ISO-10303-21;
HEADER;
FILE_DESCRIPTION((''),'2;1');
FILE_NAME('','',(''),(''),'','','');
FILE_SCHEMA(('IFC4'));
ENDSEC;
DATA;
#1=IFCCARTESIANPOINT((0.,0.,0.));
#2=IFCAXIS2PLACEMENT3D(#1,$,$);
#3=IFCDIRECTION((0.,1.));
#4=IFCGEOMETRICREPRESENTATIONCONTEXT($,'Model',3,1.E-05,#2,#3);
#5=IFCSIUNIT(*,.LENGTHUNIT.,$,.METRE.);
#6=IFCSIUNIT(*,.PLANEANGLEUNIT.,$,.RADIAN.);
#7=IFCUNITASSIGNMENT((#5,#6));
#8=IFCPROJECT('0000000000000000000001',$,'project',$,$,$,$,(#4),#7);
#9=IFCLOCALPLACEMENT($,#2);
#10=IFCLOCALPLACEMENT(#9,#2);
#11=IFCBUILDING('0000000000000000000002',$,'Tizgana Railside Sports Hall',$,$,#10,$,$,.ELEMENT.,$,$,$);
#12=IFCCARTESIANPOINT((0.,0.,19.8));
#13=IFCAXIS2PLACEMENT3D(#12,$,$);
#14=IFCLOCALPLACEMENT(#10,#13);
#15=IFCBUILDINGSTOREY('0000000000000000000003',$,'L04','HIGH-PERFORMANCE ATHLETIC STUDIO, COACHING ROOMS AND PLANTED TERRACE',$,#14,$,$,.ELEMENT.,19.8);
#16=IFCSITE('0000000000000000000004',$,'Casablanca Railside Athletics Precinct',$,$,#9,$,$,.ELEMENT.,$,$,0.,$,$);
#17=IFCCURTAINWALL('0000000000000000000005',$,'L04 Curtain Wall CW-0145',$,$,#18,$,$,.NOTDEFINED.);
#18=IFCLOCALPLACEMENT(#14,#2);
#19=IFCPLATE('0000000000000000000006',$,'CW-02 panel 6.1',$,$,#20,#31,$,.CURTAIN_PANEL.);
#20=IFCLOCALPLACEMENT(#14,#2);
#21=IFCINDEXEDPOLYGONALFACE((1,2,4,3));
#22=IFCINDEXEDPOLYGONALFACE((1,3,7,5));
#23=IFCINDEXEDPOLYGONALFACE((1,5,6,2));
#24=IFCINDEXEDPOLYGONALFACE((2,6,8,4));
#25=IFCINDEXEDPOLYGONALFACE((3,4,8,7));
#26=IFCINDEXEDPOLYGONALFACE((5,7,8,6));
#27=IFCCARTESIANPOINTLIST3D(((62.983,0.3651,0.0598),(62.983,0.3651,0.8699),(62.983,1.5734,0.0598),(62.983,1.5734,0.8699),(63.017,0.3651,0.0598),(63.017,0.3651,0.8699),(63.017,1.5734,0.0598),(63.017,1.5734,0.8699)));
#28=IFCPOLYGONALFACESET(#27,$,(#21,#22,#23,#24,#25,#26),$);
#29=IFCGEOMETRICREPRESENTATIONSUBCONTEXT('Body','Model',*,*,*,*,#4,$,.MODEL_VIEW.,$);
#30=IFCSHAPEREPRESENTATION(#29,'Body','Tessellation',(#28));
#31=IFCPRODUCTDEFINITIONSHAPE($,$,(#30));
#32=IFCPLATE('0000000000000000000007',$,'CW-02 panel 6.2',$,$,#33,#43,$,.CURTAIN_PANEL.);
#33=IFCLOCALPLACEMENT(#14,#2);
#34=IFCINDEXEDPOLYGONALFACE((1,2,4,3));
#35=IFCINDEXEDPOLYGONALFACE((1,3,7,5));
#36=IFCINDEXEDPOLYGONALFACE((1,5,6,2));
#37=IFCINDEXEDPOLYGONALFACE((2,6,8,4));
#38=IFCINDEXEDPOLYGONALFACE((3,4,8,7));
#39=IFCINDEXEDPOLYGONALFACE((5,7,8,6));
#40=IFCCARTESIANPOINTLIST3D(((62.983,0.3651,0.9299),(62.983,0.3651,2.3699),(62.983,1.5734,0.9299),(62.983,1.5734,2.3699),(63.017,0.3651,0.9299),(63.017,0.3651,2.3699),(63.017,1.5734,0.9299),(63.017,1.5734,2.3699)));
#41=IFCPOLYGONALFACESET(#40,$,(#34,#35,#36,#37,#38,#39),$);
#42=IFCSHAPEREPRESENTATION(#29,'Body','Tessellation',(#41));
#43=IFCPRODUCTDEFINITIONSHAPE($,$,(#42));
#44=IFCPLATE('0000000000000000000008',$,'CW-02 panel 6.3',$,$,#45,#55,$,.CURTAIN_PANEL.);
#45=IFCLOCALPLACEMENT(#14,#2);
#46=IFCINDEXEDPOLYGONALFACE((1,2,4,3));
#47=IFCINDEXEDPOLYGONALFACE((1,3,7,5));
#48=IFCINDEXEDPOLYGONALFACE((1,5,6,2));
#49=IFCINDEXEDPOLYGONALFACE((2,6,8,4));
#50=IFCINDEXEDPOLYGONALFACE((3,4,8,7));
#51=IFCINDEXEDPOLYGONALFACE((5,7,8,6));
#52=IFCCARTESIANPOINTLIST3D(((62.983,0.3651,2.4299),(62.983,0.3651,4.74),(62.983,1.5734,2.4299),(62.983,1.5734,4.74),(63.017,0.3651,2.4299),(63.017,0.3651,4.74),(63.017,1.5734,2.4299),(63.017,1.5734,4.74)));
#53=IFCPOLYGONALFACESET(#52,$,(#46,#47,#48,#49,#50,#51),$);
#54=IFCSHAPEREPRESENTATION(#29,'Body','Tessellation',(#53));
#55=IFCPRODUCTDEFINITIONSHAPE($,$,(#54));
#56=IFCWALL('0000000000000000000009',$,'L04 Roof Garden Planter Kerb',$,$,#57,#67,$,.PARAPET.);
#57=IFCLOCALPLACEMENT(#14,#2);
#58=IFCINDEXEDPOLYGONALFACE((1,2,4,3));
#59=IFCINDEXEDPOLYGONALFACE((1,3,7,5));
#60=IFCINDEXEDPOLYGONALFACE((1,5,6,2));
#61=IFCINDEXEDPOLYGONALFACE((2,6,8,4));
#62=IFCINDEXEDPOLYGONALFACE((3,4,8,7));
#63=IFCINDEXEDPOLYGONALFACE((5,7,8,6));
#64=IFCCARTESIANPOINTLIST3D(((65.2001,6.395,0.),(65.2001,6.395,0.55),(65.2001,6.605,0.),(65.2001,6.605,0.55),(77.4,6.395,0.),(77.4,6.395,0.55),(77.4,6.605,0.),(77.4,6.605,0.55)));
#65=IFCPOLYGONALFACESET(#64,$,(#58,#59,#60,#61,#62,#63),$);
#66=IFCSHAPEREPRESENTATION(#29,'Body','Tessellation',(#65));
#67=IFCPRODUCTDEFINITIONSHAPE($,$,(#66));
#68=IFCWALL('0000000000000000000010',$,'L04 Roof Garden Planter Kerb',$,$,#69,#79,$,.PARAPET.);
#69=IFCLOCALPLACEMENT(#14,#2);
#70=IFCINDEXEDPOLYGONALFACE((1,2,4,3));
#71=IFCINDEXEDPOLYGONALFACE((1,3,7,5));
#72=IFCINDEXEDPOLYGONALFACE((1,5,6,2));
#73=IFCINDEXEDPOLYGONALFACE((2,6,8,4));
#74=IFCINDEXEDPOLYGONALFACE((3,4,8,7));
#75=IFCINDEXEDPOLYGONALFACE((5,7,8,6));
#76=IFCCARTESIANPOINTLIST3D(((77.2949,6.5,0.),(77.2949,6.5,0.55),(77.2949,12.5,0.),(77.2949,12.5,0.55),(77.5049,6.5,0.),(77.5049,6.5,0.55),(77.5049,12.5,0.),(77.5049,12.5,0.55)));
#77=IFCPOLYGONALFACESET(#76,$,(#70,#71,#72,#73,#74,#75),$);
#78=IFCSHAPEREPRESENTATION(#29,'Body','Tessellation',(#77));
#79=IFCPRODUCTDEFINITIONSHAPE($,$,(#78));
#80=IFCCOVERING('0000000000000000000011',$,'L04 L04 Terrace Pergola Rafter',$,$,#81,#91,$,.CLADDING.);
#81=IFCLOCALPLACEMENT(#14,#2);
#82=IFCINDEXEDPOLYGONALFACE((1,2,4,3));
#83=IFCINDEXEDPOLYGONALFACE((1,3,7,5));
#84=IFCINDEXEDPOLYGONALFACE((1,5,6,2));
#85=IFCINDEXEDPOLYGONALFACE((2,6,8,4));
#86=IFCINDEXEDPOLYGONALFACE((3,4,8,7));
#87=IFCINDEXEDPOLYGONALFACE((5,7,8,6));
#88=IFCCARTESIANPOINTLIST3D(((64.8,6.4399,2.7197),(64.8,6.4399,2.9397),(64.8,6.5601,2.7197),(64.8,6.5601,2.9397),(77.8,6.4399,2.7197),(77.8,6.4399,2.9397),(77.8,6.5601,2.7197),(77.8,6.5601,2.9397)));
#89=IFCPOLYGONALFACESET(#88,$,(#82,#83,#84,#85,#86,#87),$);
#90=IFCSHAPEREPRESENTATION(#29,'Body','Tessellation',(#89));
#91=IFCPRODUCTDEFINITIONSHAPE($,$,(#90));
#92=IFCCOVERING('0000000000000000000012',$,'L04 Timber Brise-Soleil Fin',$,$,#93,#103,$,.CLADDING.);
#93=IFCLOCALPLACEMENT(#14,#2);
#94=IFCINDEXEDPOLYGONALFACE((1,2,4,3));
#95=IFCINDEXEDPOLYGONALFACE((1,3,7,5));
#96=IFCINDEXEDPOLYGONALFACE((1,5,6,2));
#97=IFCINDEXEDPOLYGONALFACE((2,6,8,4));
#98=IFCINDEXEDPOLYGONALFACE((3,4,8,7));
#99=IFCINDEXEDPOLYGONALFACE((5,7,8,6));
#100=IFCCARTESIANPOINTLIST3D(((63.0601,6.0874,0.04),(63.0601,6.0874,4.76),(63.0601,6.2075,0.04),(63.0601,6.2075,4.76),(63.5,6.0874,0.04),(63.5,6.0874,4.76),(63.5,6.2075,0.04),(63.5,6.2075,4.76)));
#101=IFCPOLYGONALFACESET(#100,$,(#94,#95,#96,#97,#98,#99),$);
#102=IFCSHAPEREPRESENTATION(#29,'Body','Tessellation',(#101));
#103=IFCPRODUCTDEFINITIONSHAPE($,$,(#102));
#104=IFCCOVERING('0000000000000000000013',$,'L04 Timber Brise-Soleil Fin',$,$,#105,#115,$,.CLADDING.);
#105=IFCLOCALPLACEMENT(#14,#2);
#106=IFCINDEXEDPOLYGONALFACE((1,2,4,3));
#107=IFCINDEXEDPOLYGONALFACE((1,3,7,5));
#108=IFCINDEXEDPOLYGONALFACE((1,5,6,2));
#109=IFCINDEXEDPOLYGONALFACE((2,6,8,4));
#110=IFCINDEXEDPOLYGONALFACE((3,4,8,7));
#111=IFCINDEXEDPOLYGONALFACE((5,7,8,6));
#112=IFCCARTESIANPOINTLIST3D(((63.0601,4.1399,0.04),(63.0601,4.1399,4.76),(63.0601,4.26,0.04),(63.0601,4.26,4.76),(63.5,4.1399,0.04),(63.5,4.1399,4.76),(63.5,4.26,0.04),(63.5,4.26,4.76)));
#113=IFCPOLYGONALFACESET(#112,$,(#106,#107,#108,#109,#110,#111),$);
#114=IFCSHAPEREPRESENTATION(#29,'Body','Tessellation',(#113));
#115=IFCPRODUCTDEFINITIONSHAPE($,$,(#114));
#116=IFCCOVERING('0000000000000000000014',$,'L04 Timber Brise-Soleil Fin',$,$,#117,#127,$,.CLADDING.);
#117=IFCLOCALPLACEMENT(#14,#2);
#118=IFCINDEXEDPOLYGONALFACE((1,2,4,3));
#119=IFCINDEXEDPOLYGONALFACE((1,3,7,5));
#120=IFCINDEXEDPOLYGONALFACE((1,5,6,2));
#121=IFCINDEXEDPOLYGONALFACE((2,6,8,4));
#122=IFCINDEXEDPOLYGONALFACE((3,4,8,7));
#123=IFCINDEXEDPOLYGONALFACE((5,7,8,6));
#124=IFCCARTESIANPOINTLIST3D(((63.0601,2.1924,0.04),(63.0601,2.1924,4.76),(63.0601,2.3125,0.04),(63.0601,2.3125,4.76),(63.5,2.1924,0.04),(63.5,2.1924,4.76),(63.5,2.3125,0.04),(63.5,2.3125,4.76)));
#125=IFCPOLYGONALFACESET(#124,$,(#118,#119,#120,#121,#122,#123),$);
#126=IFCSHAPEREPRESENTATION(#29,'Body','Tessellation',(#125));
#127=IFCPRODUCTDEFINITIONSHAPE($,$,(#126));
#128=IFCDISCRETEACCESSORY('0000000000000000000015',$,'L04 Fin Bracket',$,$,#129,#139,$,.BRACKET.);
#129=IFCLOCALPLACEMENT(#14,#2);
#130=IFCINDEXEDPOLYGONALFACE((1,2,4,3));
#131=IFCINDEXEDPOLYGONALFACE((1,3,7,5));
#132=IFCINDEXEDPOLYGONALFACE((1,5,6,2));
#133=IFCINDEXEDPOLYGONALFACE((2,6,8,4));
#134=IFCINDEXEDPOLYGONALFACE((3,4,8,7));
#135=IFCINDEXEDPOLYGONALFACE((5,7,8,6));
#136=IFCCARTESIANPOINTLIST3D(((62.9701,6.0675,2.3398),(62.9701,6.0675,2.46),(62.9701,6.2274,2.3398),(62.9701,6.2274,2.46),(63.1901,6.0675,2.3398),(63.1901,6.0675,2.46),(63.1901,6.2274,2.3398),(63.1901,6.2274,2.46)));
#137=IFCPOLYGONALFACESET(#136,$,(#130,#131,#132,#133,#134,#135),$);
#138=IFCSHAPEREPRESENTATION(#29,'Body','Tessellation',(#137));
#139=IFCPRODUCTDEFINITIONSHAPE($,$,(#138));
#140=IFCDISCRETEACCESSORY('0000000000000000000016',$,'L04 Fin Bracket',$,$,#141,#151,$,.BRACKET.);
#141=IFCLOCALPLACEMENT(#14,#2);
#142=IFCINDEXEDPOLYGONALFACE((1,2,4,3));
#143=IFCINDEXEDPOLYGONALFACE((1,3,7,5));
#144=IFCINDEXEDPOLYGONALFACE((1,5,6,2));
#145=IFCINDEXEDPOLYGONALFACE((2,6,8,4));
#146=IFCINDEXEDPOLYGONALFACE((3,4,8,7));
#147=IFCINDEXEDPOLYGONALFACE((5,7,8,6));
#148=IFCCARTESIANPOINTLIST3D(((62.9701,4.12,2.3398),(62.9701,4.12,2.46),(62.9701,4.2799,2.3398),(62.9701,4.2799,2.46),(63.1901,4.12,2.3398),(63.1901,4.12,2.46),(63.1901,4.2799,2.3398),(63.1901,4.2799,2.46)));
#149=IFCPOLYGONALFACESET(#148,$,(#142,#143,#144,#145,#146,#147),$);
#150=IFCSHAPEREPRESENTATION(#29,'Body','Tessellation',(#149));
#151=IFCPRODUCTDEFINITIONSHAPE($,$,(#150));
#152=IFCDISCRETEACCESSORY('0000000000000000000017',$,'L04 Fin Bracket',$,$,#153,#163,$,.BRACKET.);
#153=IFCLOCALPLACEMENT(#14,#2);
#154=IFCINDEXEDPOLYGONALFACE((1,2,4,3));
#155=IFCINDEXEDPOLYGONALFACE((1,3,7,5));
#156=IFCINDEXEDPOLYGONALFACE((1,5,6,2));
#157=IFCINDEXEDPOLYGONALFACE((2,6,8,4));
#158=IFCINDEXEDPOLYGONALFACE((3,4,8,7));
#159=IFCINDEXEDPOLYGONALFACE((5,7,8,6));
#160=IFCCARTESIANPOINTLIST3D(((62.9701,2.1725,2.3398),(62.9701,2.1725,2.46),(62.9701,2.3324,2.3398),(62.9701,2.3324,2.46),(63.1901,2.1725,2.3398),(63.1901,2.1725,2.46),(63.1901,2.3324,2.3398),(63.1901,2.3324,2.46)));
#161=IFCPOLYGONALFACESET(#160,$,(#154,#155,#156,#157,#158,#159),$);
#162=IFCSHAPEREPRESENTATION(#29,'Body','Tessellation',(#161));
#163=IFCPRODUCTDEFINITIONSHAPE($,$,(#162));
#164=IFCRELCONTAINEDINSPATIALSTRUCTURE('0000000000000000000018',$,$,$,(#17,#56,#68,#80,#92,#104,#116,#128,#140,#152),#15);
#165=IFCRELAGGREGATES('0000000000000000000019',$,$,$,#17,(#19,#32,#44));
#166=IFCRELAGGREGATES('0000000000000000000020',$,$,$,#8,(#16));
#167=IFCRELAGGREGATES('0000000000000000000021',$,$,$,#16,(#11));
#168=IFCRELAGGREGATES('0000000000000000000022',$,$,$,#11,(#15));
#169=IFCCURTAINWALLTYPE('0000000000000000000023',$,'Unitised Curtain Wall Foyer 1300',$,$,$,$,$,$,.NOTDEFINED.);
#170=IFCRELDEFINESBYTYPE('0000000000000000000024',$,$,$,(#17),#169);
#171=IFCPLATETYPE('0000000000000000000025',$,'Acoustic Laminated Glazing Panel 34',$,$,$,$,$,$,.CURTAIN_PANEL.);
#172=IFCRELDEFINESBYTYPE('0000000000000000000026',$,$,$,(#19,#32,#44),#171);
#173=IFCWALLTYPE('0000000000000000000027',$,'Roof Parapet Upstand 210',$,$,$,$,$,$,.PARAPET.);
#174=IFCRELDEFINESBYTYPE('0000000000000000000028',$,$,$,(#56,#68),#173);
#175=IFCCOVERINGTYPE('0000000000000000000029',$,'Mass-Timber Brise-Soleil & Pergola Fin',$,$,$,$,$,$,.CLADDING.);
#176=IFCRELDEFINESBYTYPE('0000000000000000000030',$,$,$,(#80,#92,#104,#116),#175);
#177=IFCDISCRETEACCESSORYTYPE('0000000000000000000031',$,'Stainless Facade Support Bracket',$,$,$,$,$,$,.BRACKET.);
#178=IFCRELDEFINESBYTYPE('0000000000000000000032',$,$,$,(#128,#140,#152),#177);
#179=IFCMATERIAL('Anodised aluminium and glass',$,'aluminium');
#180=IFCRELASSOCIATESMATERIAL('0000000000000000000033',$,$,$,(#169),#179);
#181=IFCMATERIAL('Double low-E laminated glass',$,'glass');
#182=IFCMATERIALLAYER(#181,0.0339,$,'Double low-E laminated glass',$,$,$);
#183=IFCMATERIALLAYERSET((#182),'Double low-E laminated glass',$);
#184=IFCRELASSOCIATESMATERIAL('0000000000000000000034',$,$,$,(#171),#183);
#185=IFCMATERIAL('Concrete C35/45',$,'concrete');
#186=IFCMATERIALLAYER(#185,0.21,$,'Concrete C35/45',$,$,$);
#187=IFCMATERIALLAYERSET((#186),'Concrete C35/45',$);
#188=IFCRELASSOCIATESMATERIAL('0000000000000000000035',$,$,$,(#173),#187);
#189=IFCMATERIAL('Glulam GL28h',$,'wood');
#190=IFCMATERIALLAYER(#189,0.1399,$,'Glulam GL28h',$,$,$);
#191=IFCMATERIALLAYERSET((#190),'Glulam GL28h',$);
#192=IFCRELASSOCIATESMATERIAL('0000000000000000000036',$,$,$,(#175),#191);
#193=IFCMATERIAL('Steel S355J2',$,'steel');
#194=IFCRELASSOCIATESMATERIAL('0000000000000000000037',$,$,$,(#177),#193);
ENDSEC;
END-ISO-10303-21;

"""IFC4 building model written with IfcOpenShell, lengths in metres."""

from ifc_helpers import new_model, si_unit, direction, frame, frame_2d, origin, origin_2d, place, context, subcontext, project, spatial, rectangle, extrude, material, layer, layer_set, type_object, element, aggregate, save


model = new_model("IFC4")

# Units and contexts
model_context = context("Model", 3, precision=1e-05, world=origin(), true_north=direction((0.0, 1.0)))
body_context = subcontext(model_context, "Body", "Model", "MODEL_VIEW")
ifc_project = project(units=[si_unit("LENGTHUNIT", "METRE"), si_unit("PLANEANGLEUNIT", "RADIAN")], contexts=[model_context])

# Site, building, storey
site_placement = place(None, origin())
site = spatial("IfcSite", under=ifc_project, at=site_placement, Name="Casablanca Railside Athletics Precinct", CompositionType="ELEMENT", RefElevation=0.0)
building_placement = place(site_placement, origin())
building = spatial("IfcBuilding", under=site, at=building_placement, Name="Tizgana Railside Sports Hall", CompositionType="ELEMENT")
storey_placement = place(building_placement, frame((0.0, 0.0, 19.8)))
storey = spatial("IfcBuildingStorey", under=building, at=storey_placement, Name="L04", Description="HIGH-PERFORMANCE ATHLETIC STUDIO, COACHING ROOMS AND PLANTED TERRACE", CompositionType="ELEMENT", Elevation=19.8)

# Curtain wall, plates
ifc_material_1 = material(Name="Anodised aluminium and glass", Category="aluminium")
curtain_wall_type = type_object("IfcCurtainWallType", Name="Unitised Curtain Wall Foyer 1300", PredefinedType="NOTDEFINED", material=ifc_material_1)
curtain_wall_placement = place(storey_placement, origin())
curtain_wall = element("IfcCurtainWall", 1, at=curtain_wall_placement, inside=storey, type_object=curtain_wall_type, Name="L04 Curtain Wall CW-0145", PredefinedType="NOTDEFINED")
ifc_material_2 = material(Name="Double low-E laminated glass", Category="glass")
ifc_layer_1 = layer(ifc_material_2, 0.0339, Name="Double low-E laminated glass")
ifc_layer_set_1 = layer_set([ifc_layer_1], Name="Double low-E laminated glass")
plate_type = type_object("IfcPlateType", Name="Acoustic Laminated Glazing Panel 34", PredefinedType="CURTAIN_PANEL", material=ifc_layer_set_1)
plate_1_placement = place(storey_placement, frame((63.0, 0.9692, 0.0598), z_axis=(0.0, 0.0, 1.0), x_axis=(0.0, -1.0, 0.0)))
plate_1 = element("IfcPlate", 2, at=plate_1_placement, type_object=plate_type, Name="CW-02 panel 6.1", PredefinedType="CURTAIN_PANEL", context=body_context, shape_type="SweptSolid", body=[
    extrude(rectangle(XDim=1.2083, YDim=0.0339, at=origin_2d()), origin(), (0.0, 0.0, 1.0), 0.8101),
])
plate_2_placement = place(storey_placement, frame((63.0, 0.9692, 0.9299), z_axis=(0.0, 0.0, 1.0), x_axis=(0.0, -1.0, 0.0)))
plate_2 = element("IfcPlate", 3, at=plate_2_placement, type_object=plate_type, Name="CW-02 panel 6.2", PredefinedType="CURTAIN_PANEL", context=body_context, shape_type="SweptSolid", body=[
    extrude(rectangle(XDim=1.2083, YDim=0.0339, at=origin_2d()), origin(), (0.0, 0.0, 1.0), 1.4399),
])
plate_3_placement = place(storey_placement, frame((63.0, 0.9692, 2.4299), z_axis=(0.0, 0.0, 1.0), x_axis=(0.0, -1.0, 0.0)))
plate_3 = element("IfcPlate", 4, at=plate_3_placement, type_object=plate_type, Name="CW-02 panel 6.3", PredefinedType="CURTAIN_PANEL", context=body_context, shape_type="SweptSolid", body=[
    extrude(rectangle(XDim=1.2083, YDim=0.0339, at=origin_2d()), origin(), (0.0, 0.0, 1.0), 2.3101),
])
aggregate(curtain_wall, [plate_1, plate_2, plate_3])

# Walls
ifc_material_3 = material(Name="Concrete C35/45", Category="concrete")
ifc_layer_2 = layer(ifc_material_3, 0.21, Name="Concrete C35/45")
ifc_layer_set_2 = layer_set([ifc_layer_2], Name="Concrete C35/45")
wall_type = type_object("IfcWallType", Name="Roof Parapet Upstand 210", PredefinedType="PARAPET", material=ifc_layer_set_2)
wall_1_placement = place(storey_placement, frame((65.2, 6.5, 0.0), z_axis=(0.0, 0.0, 1.0), x_axis=(1.0, 0.0, 0.0)))
element("IfcWall", 5, at=wall_1_placement, inside=storey, type_object=wall_type, Name="L04 Roof Garden Planter Kerb", PredefinedType="PARAPET", context=body_context, shape_type="SweptSolid", body=[
    extrude(rectangle(XDim=12.2, YDim=0.21, at=frame_2d((6.1001, 0.0))), origin(), (0.0, 0.0, 1.0), 0.55),
])
wall_2_placement = place(storey_placement, frame((77.3999, 6.5, 0.0), z_axis=(0.0, 0.0, 1.0), x_axis=(0.0, 1.0, 0.0)))
element("IfcWall", 6, at=wall_2_placement, inside=storey, type_object=wall_type, Name="L04 Roof Garden Planter Kerb", PredefinedType="PARAPET", context=body_context, shape_type="SweptSolid", body=[
    extrude(rectangle(XDim=6.0, YDim=0.21, at=frame_2d((3.0, 0.0))), origin(), (0.0, 0.0, 1.0), 0.55),
])

# Coverings
ifc_material_4 = material(Name="Glulam GL28h", Category="wood")
ifc_layer_3 = layer(ifc_material_4, 0.1399, Name="Glulam GL28h")
ifc_layer_set_3 = layer_set([ifc_layer_3], Name="Glulam GL28h")
covering_type = type_object("IfcCoveringType", Name="Mass-Timber Brise-Soleil & Pergola Fin", PredefinedType="CLADDING", material=ifc_layer_set_3)
covering_placement = place(storey_placement, frame((71.3, 6.5, 2.7197), z_axis=(0.0, 0.0, 1.0), x_axis=(1.0, 0.0, 0.0)))
element("IfcCovering", 7, at=covering_placement, inside=storey, type_object=covering_type, Name="L04 L04 Terrace Pergola Rafter", PredefinedType="CLADDING", context=body_context, shape_type="SweptSolid", body=[
    extrude(rectangle(XDim=13.0, YDim=0.1201, at=origin_2d()), origin(), (0.0, 0.0, 1.0), 0.22),
])
for number, where, z_axis, x_axis, name in (
    (8, (63.28, 6.1475, 0.04), (0.0, 0.0, 1.0), (0.0, -1.0, 0.0), "L04 Timber Brise-Soleil Fin"),
    (9, (63.28, 4.2, 0.04), (0.0, 0.0, 1.0), (0.0, -1.0, 0.0), "L04 Timber Brise-Soleil Fin"),
    (10, (63.28, 2.2524, 0.04), (0.0, 0.0, 1.0), (0.0, -1.0, 0.0), "L04 Timber Brise-Soleil Fin"),
):
    element("IfcCovering", number, at=place(storey_placement, frame(where, z_axis=z_axis, x_axis=x_axis)), inside=storey, type_object=covering_type, Name=name, PredefinedType="CLADDING", context=body_context, shape_type="SweptSolid", body=[
        extrude(rectangle(XDim=0.1201, YDim=0.4399, at=origin_2d()), origin(), (0.0, 0.0, 1.0), 4.72),
    ])

# Discrete accessories
ifc_material_5 = material(Name="Steel S355J2", Category="steel")
discrete_accessory_type = type_object("IfcDiscreteAccessoryType", Name="Stainless Facade Support Bracket", PredefinedType="BRACKET", material=ifc_material_5)
for number, where, z_axis, x_axis, name in (
    (11, (63.0801, 6.1475, 2.3398), (0.0, 0.0, 1.0), (0.0, -1.0, 0.0), "L04 Fin Bracket"),
    (12, (63.0801, 4.2, 2.3398), (0.0, 0.0, 1.0), (0.0, -1.0, 0.0), "L04 Fin Bracket"),
    (13, (63.0801, 2.2524, 2.3398), (0.0, 0.0, 1.0), (0.0, -1.0, 0.0), "L04 Fin Bracket"),
):
    element("IfcDiscreteAccessory", number, at=place(storey_placement, frame(where, z_axis=z_axis, x_axis=x_axis)), inside=storey, type_object=discrete_accessory_type, Name=name, PredefinedType="BRACKET", context=body_context, shape_type="SweptSolid", body=[
        extrude(rectangle(XDim=0.1599, YDim=0.22, at=origin_2d()), origin(), (0.0, 0.0, 1.0), 0.1201),
    ])

save(model, "model.ifc")
